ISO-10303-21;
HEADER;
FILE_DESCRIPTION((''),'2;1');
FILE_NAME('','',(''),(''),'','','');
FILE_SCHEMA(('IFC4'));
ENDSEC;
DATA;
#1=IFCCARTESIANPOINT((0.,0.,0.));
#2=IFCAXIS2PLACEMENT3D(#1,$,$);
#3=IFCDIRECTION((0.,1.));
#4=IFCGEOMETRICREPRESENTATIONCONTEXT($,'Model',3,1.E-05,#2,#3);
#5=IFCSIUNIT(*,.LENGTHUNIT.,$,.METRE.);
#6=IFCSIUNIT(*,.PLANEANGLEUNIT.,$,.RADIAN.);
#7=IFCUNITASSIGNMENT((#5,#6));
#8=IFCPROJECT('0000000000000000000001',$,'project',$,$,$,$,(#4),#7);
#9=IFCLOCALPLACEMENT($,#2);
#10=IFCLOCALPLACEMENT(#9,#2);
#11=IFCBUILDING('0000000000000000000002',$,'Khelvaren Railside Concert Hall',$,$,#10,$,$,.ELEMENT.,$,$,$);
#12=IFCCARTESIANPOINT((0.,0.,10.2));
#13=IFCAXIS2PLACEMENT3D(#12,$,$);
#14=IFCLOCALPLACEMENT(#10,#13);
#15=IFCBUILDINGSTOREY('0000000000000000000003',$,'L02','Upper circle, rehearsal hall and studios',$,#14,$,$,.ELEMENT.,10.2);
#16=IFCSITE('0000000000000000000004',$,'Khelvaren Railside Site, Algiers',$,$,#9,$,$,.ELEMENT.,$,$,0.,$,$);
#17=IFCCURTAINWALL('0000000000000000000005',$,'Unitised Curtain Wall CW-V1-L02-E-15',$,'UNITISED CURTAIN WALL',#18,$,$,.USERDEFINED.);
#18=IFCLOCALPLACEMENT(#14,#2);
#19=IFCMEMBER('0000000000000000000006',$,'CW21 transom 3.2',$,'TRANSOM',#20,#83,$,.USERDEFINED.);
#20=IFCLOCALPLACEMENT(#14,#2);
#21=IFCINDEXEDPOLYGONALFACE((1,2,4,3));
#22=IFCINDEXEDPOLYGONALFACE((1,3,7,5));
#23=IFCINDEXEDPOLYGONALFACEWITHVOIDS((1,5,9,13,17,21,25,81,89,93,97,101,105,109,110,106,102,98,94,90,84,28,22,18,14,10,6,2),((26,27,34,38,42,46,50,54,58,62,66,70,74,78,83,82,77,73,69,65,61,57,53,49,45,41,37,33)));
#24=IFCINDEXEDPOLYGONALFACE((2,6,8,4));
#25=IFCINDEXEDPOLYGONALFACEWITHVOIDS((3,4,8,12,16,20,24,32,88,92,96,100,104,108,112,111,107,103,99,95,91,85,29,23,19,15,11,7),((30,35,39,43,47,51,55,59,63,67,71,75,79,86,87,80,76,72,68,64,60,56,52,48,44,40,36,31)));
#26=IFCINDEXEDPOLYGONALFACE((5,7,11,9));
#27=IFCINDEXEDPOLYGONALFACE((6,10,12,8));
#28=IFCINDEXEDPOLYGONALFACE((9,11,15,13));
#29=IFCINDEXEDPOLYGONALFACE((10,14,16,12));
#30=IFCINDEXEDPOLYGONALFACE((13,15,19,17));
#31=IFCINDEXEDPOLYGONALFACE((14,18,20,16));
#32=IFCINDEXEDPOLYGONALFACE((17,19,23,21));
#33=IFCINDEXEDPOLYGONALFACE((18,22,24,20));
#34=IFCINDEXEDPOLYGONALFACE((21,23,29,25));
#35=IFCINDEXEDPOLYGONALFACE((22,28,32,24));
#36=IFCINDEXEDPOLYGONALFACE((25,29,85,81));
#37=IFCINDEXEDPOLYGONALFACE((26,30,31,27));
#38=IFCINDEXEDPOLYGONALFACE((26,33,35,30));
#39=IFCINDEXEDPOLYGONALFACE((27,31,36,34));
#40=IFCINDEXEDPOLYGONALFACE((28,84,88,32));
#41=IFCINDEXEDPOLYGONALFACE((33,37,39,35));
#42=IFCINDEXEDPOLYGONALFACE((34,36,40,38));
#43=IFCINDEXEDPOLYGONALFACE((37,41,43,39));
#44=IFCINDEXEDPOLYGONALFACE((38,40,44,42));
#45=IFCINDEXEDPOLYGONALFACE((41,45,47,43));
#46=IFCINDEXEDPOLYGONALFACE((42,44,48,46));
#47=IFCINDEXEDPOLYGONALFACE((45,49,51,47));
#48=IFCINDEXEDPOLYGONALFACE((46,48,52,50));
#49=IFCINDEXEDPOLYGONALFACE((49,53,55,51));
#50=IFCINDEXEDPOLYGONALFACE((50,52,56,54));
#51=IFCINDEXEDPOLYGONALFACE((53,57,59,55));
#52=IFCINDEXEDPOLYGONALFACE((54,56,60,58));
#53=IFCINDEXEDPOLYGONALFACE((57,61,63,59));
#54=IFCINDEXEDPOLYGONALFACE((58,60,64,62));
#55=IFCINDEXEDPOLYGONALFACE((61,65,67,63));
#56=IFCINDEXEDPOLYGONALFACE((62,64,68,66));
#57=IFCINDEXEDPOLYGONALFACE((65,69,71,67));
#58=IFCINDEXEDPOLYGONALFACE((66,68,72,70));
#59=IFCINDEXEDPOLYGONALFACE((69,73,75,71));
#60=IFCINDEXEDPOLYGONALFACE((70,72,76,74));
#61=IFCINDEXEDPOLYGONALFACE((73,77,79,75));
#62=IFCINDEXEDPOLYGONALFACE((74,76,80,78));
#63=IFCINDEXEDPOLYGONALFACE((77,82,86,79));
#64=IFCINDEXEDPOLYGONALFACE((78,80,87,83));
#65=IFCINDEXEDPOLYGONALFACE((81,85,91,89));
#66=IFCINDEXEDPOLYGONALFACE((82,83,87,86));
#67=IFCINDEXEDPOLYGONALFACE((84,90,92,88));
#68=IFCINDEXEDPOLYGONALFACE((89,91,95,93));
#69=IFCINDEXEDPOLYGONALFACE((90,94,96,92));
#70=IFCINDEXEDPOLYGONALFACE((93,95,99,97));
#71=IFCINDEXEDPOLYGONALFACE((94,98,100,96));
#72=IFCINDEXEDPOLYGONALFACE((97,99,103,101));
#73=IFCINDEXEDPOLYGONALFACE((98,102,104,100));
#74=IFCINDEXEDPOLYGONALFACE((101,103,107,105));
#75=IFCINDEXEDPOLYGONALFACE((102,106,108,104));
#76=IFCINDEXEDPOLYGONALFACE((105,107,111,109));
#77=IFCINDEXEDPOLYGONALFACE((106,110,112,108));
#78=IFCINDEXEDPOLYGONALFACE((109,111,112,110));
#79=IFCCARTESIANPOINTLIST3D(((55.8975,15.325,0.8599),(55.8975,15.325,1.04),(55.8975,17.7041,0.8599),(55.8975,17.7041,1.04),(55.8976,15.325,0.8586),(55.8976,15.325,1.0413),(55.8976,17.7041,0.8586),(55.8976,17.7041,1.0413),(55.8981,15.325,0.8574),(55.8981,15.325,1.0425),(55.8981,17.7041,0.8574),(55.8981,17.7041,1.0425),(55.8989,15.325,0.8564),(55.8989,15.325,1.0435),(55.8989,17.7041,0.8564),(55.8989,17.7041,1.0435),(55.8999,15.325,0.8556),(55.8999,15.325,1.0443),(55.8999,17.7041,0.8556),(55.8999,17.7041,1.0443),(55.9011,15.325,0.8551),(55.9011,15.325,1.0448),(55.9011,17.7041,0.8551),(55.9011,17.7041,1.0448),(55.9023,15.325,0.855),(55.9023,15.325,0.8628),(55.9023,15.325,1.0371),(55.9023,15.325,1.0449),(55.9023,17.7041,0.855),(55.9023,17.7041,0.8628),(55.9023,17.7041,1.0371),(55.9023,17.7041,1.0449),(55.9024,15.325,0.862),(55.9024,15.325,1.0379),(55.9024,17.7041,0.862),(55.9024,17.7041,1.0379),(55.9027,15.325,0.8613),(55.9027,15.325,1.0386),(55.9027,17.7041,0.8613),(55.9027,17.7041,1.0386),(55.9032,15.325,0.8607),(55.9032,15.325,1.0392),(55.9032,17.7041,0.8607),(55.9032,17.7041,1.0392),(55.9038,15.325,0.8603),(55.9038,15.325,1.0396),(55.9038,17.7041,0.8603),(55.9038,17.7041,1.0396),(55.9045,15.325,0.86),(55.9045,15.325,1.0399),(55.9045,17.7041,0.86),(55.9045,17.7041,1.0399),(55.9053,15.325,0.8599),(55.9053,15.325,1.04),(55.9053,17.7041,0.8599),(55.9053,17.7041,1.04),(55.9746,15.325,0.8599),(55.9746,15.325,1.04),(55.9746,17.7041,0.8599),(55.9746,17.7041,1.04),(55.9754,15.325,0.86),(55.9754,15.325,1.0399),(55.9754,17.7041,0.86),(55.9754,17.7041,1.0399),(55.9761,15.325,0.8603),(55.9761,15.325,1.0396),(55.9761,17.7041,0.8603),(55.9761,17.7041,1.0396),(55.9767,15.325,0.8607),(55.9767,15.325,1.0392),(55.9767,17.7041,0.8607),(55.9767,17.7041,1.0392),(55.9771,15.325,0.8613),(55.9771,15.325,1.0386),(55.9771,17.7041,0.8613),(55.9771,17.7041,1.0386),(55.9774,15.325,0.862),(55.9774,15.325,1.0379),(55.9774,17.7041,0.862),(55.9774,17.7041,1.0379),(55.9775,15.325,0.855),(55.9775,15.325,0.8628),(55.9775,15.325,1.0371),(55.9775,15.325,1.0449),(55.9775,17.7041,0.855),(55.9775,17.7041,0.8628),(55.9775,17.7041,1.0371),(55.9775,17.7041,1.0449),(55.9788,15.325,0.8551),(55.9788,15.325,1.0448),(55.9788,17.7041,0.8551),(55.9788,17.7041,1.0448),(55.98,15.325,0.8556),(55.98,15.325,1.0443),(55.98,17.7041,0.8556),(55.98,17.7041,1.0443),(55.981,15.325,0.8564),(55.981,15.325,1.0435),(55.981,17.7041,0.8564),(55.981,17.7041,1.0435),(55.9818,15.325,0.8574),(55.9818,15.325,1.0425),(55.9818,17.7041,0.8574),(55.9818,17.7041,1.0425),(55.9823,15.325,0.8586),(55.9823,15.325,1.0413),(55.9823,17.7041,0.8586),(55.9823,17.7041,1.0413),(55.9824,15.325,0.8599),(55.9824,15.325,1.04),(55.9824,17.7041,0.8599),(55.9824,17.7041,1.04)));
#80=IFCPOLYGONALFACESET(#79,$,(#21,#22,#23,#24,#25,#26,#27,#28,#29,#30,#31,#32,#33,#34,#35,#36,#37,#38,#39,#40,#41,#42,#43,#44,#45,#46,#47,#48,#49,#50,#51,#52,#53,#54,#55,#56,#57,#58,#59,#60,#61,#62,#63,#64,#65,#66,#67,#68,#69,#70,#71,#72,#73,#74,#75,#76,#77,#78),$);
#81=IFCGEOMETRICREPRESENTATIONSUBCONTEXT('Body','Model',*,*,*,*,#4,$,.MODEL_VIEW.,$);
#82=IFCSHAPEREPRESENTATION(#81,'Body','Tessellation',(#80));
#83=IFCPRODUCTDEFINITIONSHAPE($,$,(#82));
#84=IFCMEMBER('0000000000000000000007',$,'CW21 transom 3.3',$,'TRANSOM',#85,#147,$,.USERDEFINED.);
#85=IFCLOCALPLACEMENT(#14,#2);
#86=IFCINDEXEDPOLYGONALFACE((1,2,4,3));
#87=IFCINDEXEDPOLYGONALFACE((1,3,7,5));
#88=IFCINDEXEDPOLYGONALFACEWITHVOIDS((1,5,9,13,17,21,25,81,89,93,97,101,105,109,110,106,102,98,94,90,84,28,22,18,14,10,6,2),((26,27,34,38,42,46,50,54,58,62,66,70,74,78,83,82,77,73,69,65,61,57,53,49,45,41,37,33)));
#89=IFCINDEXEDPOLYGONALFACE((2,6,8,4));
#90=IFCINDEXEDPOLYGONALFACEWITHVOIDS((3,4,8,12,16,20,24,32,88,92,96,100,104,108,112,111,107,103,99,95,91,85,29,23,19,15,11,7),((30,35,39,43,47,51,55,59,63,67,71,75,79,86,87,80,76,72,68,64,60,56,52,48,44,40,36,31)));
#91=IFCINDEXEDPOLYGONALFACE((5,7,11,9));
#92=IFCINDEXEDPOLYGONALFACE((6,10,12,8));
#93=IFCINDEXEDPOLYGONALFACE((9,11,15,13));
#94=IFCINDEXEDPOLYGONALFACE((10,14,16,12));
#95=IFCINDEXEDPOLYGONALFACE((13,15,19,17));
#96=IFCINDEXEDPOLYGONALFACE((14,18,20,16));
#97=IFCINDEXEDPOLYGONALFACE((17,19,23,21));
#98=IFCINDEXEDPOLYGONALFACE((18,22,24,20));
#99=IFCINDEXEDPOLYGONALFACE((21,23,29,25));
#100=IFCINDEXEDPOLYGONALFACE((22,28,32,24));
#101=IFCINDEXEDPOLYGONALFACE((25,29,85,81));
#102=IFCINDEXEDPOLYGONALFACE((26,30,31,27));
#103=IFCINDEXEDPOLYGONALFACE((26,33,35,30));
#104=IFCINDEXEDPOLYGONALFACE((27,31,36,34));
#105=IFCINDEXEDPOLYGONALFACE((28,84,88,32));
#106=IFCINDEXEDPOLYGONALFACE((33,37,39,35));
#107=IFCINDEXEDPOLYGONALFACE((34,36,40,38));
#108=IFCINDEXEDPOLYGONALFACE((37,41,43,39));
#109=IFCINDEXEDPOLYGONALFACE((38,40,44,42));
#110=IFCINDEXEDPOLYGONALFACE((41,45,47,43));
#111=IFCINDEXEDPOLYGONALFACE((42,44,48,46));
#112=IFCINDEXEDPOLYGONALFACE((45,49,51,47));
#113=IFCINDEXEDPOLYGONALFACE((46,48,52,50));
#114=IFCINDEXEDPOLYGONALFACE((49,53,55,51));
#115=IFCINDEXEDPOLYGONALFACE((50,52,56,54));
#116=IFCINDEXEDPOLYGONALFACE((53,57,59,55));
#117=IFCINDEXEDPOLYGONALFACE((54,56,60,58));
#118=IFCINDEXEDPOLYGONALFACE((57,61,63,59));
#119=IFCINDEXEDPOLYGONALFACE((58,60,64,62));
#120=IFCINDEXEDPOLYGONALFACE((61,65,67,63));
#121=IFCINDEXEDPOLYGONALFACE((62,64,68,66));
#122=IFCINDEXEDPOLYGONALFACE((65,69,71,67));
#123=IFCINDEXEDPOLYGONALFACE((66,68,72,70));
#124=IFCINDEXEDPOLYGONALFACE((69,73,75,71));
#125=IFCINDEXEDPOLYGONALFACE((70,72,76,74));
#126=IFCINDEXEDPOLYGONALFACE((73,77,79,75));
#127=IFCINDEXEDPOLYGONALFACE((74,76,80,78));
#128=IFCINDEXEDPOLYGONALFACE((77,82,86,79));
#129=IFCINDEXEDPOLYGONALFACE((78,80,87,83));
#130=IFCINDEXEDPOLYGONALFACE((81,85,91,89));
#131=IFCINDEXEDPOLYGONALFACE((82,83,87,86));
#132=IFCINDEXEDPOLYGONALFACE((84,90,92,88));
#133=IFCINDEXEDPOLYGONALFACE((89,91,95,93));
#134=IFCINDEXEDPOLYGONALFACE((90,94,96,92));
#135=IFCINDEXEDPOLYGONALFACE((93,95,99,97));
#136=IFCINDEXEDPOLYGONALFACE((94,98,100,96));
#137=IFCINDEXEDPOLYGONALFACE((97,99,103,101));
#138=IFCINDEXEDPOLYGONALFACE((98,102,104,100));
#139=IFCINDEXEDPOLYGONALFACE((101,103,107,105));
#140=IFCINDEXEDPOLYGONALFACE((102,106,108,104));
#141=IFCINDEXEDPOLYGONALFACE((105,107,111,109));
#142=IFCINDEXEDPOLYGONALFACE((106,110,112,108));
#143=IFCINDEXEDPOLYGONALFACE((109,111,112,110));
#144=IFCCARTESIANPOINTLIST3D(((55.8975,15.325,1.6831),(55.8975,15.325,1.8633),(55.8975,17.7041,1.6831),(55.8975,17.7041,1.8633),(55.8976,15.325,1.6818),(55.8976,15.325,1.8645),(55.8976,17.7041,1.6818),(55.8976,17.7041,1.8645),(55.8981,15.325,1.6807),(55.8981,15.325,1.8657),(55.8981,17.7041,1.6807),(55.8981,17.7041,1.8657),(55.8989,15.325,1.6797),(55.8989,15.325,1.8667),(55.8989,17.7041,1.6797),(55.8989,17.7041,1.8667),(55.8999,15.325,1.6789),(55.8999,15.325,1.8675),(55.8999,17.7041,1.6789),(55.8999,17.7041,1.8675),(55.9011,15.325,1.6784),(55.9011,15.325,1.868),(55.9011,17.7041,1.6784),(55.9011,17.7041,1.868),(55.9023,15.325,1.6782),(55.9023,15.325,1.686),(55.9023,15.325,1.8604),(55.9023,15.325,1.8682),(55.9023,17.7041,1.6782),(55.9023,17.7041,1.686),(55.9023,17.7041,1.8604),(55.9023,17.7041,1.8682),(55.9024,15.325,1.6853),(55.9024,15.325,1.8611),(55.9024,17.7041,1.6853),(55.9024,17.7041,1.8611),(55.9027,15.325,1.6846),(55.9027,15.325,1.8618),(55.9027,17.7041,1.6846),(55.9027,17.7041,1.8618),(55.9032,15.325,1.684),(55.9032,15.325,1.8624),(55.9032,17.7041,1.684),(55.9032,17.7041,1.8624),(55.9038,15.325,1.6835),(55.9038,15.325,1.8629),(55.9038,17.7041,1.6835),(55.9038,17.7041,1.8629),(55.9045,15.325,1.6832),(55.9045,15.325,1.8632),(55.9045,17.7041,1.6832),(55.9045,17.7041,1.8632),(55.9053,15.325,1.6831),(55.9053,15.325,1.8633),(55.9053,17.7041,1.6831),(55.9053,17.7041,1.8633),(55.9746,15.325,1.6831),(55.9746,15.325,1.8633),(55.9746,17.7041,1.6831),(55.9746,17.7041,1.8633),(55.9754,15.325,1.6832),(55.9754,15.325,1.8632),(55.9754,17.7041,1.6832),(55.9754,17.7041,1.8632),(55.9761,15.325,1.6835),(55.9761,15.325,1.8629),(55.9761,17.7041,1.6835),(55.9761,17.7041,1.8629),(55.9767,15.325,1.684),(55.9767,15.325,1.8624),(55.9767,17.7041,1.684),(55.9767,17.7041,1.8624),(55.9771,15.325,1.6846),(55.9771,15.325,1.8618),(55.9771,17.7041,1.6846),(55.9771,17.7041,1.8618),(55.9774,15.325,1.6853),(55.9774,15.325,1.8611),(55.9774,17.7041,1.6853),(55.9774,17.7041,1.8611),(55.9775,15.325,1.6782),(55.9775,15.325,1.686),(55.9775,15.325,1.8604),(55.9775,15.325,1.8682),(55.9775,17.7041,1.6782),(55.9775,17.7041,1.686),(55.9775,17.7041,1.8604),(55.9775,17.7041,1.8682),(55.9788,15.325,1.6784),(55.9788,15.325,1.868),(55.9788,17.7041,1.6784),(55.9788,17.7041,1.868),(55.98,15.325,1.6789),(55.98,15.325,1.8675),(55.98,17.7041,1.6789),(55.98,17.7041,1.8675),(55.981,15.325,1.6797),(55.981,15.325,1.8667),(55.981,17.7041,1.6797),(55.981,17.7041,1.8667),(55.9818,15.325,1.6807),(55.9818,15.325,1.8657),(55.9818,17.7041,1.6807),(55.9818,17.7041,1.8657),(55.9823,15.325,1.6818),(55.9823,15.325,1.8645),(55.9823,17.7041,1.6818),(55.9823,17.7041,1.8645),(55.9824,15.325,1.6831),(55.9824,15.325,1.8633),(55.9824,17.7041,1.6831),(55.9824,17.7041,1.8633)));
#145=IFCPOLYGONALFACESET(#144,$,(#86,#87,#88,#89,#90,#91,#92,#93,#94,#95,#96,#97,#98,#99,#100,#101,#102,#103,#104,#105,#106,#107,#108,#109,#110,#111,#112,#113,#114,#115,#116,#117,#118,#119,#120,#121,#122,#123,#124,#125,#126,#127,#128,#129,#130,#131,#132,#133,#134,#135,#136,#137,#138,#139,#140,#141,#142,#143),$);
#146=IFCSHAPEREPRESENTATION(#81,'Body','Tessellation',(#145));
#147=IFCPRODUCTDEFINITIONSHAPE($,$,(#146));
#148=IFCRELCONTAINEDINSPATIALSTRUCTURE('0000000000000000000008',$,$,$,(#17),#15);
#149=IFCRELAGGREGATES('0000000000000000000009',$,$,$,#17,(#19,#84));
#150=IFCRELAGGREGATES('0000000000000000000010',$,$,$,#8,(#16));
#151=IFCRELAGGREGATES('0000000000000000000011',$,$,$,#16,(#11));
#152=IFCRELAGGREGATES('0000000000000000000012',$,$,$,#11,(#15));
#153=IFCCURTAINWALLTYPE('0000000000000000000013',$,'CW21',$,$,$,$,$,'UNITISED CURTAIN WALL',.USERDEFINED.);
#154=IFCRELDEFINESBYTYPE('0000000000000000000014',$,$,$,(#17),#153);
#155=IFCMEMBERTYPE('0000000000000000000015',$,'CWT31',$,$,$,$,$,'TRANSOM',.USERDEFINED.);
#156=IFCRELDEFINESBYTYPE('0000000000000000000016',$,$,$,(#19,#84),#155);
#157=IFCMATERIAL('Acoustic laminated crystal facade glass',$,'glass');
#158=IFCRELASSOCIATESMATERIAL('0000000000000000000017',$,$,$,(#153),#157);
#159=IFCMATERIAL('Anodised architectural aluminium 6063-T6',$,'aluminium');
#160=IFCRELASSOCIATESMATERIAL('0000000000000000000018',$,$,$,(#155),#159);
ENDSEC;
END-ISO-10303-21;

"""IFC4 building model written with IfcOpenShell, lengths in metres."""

from ifc_helpers import new_model, si_unit, direction, frame, origin, origin_2d, place, context, subcontext, project, spatial, hollow_rectangle, extrude, material, material_profile, profile_set, type_object, element, aggregate, save


model = new_model("IFC4")

# Units and contexts
model_context = context("Model", 3, precision=1e-05, world=origin(), true_north=direction((0.0, 1.0)))
body_context = subcontext(model_context, "Body", "Model", "MODEL_VIEW")
ifc_project = project(units=[si_unit("LENGTHUNIT", "METRE"), si_unit("PLANEANGLEUNIT", "RADIAN")], contexts=[model_context])

# Site, building, storey
site_placement = place(None, origin())
site = spatial("IfcSite", under=ifc_project, at=site_placement, Name="Khelvaren Railside Site, Algiers", CompositionType="ELEMENT", RefElevation=0.0)
building_placement = place(site_placement, origin())
building = spatial("IfcBuilding", under=site, at=building_placement, Name="Khelvaren Railside Concert Hall", CompositionType="ELEMENT")
storey_placement = place(building_placement, frame((0.0, 0.0, 10.2)))
storey = spatial("IfcBuildingStorey", under=building, at=storey_placement, Name="L02", Description="Upper circle, rehearsal hall and studios", CompositionType="ELEMENT", Elevation=10.2)

# Curtain wall, members
ifc_material_1 = material(Name="Acoustic laminated crystal facade glass", Category="glass")
curtain_wall_type = type_object("IfcCurtainWallType", Name="CW21", ElementType="UNITISED CURTAIN WALL", PredefinedType="USERDEFINED", material=ifc_material_1)
curtain_wall_placement = place(storey_placement, origin())
curtain_wall = element("IfcCurtainWall", 1, at=curtain_wall_placement, inside=storey, type_object=curtain_wall_type, Name="Unitised Curtain Wall CW-V1-L02-E-15", ObjectType="UNITISED CURTAIN WALL", PredefinedType="USERDEFINED")
ifc_material_2 = material(Name="Anodised architectural aluminium 6063-T6", Category="aluminium")
ifc_material_profile_1 = material_profile(ifc_material_2, hollow_rectangle(XDim=0.085, YDim=0.1899, WallThickness=0.0049, InnerFilletRadius=0.0029, OuterFilletRadius=0.0049, at=origin_2d()), Name="CWT 85x190x5")
ifc_profile_set_1 = profile_set([ifc_material_profile_1], Name="Anodised architectural aluminium 6063-T6")
member_type_1 = type_object("IfcMemberType", Name="CWT31", ElementType="TRANSOM", PredefinedType="USERDEFINED", material=ifc_profile_set_1)
member_1_placement = place(storey_placement, frame((55.9399, 17.7041, 0.95), z_axis=(0.0, -1.0, 0.0), x_axis=(1.0, 0.0, 0.0)))
member_1 = element("IfcMember", 2, at=member_1_placement, type_object=member_type_1, Name="CW21 transom 3.2", ObjectType="TRANSOM", PredefinedType="USERDEFINED", context=body_context, shape_type="SweptSolid", body=[
    extrude(hollow_rectangle(XDim=0.085, YDim=0.1899, WallThickness=0.0049, InnerFilletRadius=0.0029, OuterFilletRadius=0.0049, at=origin_2d()), origin(), (0.0, 0.0, 1.0), 2.3792),
])
member_2_placement = place(storey_placement, frame((55.9399, 17.7041, 1.7732), z_axis=(0.0, -1.0, 0.0), x_axis=(1.0, 0.0, 0.0)))
member_2 = element("IfcMember", 3, at=member_2_placement, type_object=member_type_1, Name="CW21 transom 3.3", ObjectType="TRANSOM", PredefinedType="USERDEFINED", context=body_context, shape_type="SweptSolid", body=[
    extrude(hollow_rectangle(XDim=0.085, YDim=0.1899, WallThickness=0.0049, InnerFilletRadius=0.0029, OuterFilletRadius=0.0049, at=origin_2d()), origin(), (0.0, 0.0, 1.0), 2.3792),
])

aggregate(curtain_wall, [member_1, member_2])

save(model, "model.ifc")
